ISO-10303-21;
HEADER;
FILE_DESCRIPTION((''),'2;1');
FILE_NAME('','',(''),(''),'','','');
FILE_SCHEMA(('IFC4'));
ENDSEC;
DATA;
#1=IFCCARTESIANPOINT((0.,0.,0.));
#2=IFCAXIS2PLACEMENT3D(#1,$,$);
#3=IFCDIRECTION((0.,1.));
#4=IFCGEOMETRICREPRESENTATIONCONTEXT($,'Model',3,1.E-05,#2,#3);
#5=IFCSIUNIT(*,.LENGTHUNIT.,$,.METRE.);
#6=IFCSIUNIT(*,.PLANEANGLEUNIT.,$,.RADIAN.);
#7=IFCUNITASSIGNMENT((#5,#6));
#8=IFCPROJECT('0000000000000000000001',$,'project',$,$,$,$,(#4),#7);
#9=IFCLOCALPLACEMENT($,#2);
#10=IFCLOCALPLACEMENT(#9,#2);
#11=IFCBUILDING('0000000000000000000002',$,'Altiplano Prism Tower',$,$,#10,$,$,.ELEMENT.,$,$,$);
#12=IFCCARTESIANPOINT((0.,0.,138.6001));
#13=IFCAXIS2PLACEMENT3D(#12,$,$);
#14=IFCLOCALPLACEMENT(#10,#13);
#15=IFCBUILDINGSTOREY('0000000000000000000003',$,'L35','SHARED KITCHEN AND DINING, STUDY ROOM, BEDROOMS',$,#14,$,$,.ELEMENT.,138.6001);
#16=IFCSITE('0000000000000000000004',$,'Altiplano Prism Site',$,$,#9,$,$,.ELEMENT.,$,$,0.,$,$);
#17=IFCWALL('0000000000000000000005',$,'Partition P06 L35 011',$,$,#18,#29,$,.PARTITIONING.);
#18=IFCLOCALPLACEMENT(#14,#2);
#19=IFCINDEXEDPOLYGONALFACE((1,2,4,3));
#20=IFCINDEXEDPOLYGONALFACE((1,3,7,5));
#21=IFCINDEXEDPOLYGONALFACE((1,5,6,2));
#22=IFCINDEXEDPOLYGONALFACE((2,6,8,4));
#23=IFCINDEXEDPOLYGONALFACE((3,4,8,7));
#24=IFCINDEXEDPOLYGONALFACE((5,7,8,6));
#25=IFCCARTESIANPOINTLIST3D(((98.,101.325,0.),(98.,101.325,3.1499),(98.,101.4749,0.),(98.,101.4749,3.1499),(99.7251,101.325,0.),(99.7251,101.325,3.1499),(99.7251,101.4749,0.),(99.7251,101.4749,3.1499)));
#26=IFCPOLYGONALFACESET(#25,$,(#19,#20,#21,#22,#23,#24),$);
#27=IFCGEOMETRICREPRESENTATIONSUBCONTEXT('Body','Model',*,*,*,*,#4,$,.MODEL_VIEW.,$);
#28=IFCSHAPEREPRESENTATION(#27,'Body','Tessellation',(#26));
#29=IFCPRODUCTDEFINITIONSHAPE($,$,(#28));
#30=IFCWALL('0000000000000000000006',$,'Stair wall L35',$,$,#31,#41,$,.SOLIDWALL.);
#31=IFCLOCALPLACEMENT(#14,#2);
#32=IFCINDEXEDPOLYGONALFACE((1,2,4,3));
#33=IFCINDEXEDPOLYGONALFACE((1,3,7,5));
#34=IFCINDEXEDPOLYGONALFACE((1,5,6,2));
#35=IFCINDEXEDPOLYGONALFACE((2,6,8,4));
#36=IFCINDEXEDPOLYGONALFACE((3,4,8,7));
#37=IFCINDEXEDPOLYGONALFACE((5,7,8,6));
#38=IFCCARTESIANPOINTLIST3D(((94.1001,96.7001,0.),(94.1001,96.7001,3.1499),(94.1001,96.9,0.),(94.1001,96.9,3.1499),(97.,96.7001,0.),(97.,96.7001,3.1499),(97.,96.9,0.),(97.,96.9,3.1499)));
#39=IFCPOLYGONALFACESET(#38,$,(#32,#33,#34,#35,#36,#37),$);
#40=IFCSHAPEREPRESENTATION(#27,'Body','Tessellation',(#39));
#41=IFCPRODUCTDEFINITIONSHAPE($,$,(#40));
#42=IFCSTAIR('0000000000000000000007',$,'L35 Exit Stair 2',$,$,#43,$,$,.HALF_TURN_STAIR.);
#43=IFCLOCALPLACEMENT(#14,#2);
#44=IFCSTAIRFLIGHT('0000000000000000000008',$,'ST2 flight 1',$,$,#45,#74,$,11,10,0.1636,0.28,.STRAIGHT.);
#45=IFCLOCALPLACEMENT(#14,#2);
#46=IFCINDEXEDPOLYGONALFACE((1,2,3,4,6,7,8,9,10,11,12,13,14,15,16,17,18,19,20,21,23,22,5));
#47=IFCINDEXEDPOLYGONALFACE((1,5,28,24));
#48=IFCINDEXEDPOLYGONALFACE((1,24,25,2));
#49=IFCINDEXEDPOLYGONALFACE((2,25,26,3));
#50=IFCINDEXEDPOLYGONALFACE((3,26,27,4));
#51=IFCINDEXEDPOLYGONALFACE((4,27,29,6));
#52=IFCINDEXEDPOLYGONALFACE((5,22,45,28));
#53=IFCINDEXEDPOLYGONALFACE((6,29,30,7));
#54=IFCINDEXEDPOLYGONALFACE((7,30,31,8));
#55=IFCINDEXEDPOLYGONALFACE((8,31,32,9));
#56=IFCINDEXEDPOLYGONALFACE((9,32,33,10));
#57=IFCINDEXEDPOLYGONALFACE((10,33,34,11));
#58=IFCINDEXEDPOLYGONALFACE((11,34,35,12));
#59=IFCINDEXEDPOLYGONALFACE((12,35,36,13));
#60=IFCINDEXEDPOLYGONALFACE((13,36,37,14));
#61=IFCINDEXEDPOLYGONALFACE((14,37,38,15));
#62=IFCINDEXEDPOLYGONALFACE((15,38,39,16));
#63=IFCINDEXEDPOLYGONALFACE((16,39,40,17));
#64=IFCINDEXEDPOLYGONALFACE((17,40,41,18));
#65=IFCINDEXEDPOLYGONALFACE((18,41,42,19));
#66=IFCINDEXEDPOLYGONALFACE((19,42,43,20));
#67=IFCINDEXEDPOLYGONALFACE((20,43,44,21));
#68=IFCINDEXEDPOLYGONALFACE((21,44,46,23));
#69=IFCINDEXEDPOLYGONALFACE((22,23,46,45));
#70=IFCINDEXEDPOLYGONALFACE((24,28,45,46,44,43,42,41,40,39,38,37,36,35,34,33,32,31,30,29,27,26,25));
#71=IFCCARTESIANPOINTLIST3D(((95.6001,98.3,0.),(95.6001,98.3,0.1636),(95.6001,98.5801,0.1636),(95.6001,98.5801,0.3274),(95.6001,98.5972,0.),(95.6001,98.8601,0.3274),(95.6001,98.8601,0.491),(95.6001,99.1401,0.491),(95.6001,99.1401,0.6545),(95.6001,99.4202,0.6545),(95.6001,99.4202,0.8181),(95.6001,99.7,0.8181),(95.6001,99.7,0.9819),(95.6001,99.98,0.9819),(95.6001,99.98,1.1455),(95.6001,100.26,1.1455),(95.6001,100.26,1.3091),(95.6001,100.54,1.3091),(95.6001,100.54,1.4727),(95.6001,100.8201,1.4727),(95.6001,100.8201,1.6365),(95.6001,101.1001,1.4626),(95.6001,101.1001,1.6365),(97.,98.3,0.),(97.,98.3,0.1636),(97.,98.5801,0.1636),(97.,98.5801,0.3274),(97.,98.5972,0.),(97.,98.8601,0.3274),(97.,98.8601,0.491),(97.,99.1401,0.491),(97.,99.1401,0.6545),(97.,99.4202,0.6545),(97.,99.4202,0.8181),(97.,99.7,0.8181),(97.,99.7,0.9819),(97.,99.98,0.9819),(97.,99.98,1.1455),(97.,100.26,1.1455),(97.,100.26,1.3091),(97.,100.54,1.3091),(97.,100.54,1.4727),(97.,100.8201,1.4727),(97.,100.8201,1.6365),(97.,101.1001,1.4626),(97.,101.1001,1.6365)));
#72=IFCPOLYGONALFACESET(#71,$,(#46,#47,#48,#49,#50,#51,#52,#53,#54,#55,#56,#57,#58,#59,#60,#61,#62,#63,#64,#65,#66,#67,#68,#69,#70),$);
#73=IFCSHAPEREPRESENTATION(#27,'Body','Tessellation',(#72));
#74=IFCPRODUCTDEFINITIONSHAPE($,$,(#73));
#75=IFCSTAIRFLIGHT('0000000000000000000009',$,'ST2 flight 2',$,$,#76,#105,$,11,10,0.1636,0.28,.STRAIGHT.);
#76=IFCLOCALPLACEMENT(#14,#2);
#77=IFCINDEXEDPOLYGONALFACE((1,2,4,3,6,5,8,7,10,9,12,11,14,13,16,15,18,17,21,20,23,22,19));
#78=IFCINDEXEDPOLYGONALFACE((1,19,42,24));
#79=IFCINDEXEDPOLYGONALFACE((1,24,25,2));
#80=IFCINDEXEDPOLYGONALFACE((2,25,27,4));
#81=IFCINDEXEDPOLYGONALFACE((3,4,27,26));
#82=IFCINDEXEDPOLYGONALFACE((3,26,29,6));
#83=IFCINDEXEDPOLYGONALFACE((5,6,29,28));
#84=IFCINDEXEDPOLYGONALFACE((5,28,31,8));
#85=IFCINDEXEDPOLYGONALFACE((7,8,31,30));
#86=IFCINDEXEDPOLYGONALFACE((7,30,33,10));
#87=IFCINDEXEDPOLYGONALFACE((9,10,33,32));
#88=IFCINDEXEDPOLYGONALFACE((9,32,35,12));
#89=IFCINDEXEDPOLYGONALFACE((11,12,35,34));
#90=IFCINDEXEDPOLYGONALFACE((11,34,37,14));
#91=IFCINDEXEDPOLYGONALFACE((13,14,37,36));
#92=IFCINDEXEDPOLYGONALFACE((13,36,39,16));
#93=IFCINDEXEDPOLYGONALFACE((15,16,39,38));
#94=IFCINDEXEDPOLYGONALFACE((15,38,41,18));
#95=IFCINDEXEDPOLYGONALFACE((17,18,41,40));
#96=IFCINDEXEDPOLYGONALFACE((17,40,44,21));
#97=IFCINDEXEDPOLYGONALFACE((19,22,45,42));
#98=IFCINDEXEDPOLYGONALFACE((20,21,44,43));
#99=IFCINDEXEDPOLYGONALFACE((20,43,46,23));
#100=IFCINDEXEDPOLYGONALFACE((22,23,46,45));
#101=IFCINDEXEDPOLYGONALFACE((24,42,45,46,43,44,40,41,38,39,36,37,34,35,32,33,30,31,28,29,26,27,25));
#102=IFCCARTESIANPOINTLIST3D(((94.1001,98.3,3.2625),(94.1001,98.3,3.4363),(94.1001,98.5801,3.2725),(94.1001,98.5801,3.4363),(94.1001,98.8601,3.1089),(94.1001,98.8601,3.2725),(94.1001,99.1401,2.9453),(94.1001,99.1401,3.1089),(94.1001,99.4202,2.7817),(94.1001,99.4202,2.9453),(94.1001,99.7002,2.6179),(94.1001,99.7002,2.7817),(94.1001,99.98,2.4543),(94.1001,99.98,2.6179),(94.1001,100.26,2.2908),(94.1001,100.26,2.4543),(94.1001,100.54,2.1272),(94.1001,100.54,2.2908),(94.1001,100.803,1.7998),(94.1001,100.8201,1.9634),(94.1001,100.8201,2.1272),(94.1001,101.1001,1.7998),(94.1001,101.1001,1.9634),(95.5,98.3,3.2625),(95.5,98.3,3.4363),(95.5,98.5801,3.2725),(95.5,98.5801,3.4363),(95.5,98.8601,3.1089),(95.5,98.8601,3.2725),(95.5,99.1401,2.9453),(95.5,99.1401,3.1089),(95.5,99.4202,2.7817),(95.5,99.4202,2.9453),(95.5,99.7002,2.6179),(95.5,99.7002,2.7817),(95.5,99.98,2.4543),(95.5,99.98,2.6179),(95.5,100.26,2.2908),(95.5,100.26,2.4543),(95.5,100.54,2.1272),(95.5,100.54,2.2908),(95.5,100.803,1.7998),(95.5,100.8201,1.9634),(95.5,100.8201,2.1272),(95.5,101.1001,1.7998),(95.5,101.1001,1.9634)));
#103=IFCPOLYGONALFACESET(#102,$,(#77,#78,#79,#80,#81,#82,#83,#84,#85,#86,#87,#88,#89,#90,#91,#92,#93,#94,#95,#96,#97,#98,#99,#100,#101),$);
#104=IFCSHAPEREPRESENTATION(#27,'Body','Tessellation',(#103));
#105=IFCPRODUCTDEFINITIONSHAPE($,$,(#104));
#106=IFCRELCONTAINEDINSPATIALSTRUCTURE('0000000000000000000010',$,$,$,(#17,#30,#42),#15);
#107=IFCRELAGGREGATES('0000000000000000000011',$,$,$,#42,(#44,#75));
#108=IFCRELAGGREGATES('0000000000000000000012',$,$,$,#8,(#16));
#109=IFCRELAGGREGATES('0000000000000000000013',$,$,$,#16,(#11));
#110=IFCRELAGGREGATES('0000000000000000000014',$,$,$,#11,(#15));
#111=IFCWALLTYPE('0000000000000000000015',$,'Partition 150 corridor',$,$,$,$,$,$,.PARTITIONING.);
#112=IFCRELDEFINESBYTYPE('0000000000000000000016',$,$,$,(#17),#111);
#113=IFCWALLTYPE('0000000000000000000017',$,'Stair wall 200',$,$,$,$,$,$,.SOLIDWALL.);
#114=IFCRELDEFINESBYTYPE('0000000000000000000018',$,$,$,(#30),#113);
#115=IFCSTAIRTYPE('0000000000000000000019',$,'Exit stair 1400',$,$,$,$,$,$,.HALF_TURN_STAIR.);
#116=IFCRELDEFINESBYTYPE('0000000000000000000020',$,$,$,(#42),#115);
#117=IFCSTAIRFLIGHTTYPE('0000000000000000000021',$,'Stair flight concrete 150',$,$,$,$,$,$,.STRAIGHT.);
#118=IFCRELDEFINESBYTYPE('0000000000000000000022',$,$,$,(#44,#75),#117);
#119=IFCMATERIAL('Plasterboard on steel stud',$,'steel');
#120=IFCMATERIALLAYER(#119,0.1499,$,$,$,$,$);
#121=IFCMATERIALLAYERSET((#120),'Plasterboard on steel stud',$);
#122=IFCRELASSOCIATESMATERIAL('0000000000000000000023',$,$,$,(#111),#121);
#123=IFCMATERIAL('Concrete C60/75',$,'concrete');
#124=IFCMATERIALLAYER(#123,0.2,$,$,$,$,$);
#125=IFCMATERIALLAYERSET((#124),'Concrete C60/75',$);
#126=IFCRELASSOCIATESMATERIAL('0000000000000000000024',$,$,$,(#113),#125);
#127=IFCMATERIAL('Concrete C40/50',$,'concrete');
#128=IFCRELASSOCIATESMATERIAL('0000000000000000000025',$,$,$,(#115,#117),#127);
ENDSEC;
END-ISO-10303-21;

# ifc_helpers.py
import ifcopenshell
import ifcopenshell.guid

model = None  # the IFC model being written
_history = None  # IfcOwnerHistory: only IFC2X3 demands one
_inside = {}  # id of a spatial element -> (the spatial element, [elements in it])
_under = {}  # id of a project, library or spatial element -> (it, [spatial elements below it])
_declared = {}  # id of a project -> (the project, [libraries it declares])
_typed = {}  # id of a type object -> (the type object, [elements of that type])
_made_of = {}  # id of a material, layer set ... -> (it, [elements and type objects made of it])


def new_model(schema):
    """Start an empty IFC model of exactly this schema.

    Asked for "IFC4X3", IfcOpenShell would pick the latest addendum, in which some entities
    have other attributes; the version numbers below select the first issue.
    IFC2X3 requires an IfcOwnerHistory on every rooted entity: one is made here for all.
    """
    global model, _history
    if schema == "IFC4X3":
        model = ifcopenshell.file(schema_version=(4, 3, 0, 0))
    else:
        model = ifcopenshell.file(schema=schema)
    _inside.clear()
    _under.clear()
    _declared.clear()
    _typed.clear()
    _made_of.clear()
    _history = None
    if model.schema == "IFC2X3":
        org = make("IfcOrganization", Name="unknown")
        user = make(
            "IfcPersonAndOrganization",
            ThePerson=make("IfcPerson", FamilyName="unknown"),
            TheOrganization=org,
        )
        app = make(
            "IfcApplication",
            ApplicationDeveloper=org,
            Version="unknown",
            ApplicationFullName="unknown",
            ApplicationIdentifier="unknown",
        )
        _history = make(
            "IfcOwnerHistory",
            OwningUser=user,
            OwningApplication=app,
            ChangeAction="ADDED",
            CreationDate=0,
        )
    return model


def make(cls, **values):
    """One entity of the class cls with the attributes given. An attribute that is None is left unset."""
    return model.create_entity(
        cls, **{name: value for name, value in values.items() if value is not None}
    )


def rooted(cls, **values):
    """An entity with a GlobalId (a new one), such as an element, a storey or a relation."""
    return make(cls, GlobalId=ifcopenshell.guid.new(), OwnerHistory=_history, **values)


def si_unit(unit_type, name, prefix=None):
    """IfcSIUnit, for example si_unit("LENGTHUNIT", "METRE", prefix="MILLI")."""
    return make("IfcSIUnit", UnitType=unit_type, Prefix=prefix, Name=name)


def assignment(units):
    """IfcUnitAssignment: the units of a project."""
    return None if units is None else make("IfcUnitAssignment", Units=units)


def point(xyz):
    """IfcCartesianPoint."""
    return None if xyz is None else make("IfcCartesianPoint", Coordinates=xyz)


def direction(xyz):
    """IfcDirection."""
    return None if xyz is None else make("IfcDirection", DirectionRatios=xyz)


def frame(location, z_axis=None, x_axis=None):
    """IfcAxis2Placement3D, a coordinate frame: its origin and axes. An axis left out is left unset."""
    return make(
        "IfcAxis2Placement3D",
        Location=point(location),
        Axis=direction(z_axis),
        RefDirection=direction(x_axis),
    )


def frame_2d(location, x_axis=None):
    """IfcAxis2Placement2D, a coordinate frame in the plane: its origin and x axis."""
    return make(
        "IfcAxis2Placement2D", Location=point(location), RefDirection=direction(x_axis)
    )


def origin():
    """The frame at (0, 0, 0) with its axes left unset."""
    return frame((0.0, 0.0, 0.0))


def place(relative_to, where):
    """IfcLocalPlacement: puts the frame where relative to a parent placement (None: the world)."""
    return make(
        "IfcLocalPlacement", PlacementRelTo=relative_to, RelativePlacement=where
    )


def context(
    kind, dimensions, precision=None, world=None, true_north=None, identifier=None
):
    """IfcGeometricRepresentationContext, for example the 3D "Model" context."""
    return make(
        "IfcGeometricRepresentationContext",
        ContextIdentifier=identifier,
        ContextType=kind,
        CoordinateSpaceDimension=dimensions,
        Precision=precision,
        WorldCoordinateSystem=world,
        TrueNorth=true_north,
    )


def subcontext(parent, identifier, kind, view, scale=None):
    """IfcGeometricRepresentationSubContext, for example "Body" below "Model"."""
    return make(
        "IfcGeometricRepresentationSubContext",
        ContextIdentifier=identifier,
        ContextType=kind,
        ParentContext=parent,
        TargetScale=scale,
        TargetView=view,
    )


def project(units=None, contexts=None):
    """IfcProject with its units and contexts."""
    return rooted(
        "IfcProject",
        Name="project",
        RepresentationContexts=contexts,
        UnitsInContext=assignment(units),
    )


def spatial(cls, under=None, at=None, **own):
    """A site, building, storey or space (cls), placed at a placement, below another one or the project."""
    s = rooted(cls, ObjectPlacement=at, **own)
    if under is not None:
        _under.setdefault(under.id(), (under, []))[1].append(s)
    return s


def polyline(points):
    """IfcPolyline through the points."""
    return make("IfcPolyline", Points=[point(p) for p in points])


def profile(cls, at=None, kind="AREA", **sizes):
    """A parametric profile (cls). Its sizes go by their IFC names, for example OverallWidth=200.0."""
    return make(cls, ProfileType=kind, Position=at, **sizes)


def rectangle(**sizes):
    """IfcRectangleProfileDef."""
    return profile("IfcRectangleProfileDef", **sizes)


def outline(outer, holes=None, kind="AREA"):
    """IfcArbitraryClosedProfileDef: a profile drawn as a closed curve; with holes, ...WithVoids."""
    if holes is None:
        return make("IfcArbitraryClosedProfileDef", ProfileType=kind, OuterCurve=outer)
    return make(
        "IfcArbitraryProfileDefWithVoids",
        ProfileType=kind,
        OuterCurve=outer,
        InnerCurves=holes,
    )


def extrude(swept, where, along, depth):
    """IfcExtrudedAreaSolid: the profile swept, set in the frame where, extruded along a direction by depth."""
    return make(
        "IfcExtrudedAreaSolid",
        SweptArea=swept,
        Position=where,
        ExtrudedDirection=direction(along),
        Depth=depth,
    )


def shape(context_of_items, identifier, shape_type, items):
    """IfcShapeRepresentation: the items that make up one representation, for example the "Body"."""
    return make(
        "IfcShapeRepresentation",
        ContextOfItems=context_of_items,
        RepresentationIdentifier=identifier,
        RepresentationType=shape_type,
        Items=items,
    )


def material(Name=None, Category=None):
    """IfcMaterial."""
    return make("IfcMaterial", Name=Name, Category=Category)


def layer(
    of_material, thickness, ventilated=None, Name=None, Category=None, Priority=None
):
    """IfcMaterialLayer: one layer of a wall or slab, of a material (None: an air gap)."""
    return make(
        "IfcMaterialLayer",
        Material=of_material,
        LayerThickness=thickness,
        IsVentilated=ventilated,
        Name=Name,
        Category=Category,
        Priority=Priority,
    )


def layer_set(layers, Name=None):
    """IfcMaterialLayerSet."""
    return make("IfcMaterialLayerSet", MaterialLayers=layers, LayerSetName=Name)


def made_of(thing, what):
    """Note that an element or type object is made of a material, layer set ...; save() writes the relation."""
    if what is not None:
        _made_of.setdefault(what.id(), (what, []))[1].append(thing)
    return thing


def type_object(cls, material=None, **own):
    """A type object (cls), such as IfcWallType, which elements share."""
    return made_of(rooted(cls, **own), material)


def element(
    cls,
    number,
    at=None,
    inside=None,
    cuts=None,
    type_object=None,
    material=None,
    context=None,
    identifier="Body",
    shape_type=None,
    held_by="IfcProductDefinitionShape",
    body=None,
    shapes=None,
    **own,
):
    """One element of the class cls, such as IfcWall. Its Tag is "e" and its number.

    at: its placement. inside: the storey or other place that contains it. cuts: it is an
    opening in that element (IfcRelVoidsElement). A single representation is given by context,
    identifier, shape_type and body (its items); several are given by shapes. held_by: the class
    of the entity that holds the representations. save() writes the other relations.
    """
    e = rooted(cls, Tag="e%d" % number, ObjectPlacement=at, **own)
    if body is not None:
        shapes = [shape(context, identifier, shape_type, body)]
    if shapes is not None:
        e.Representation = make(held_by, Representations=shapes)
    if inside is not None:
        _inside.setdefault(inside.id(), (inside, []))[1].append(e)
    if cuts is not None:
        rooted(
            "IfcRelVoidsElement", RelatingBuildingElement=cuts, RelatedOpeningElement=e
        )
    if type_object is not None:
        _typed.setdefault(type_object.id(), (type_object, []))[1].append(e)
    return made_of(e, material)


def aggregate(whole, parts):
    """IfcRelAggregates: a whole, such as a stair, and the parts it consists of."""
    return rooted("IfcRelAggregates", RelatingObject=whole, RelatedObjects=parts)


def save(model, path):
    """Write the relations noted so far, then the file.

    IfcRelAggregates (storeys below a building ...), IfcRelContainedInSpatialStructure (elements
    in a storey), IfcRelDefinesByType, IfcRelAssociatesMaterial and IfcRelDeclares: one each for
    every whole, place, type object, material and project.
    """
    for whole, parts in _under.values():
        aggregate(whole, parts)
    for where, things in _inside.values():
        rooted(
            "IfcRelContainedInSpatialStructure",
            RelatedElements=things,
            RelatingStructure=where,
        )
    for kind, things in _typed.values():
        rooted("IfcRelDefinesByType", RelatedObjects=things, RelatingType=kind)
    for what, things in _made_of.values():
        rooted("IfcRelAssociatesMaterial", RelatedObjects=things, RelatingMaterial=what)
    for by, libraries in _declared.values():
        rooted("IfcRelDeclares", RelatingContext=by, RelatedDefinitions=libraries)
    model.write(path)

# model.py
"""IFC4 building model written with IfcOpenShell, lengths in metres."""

from ifc_helpers import new_model, si_unit, direction, frame, frame_2d, origin, place, context, subcontext, project, spatial, polyline, rectangle, outline, extrude, material, layer, layer_set, type_object, element, aggregate, save


model = new_model("IFC4")

# Units and contexts
model_context = context("Model", 3, precision=1e-05, world=origin(), true_north=direction((0.0, 1.0)))
body_context = subcontext(model_context, "Body", "Model", "MODEL_VIEW")
ifc_project = project(units=[si_unit("LENGTHUNIT", "METRE"), si_unit("PLANEANGLEUNIT", "RADIAN")], contexts=[model_context])

# Site, building, storey
site_placement = place(None, origin())
site = spatial("IfcSite", under=ifc_project, at=site_placement, Name="Altiplano Prism Site", CompositionType="ELEMENT", RefElevation=0.0)
building_placement = place(site_placement, origin())
building = spatial("IfcBuilding", under=site, at=building_placement, Name="Altiplano Prism Tower", CompositionType="ELEMENT")
storey_placement = place(building_placement, frame((0.0, 0.0, 138.6001)))
storey = spatial("IfcBuildingStorey", under=building, at=storey_placement, Name="L35", Description="SHARED KITCHEN AND DINING, STUDY ROOM, BEDROOMS", CompositionType="ELEMENT", Elevation=138.6001)

# Shared definitions
ifc_material_1 = material(Name="Concrete C60/75", Category="concrete")

# Shared definitions
ifc_material_2 = material(Name="Plasterboard on steel stud", Category="steel")
ifc_layer_1 = layer(ifc_material_2, 0.1499)
ifc_layer_set_1 = layer_set([ifc_layer_1], Name="Plasterboard on steel stud")
wall_type_1 = type_object("IfcWallType", Name="Partition 150 corridor", PredefinedType="PARTITIONING", material=ifc_layer_set_1)

# Walls
wall_1_placement = place(storey_placement, frame((99.7251, 101.3999, 0.0), z_axis=(0.0, 0.0, 1.0), x_axis=(-1.0, 0.0, 0.0)))
element("IfcWall", 1, at=wall_1_placement, inside=storey, type_object=wall_type_1, Name="Partition P06 L35 011", PredefinedType="PARTITIONING", context=body_context, shape_type="SweptSolid", body=[
    extrude(rectangle(XDim=1.7251, YDim=0.1499, at=frame_2d((0.8625, 0.0))), origin(), (0.0, 0.0, 1.0), 3.1499),
])
ifc_layer_2 = layer(ifc_material_1, 0.2)
ifc_layer_set_2 = layer_set([ifc_layer_2], Name="Concrete C60/75")
wall_type_2 = type_object("IfcWallType", Name="Stair wall 200", PredefinedType="SOLIDWALL", material=ifc_layer_set_2)
wall_2_placement = place(storey_placement, frame((94.1001, 96.8, 0.0), z_axis=(0.0, 0.0, 1.0), x_axis=(1.0, 0.0, 0.0)))
element("IfcWall", 2, at=wall_2_placement, inside=storey, type_object=wall_type_2, Name="Stair wall L35", PredefinedType="SOLIDWALL", context=body_context, shape_type="SweptSolid", body=[
    extrude(rectangle(XDim=2.8999, YDim=0.2, at=frame_2d((1.45, 0.0))), origin(), (0.0, 0.0, 1.0), 3.1499),
])

# Stair, stair flights
ifc_material_3 = material(Name="Concrete C40/50", Category="concrete")
stair_type = type_object("IfcStairType", Name="Exit stair 1400", PredefinedType="HALF_TURN_STAIR", material=ifc_material_3)
stair_placement = place(storey_placement, origin())
stair = element("IfcStair", 3, at=stair_placement, inside=storey, type_object=stair_type, Name="L35 Exit Stair 2", PredefinedType="HALF_TURN_STAIR")
stair_flight_type = type_object("IfcStairFlightType", Name="Stair flight concrete 150", PredefinedType="STRAIGHT", material=ifc_material_3)
stair_flight_1_placement = place(storey_placement, frame((96.3, 98.3, 0.0), z_axis=(0.0, 0.0, 1.0), x_axis=(0.0, 1.0, 0.0)))
stair_flight_1 = element("IfcStairFlight", 4, at=stair_flight_1_placement, type_object=stair_flight_type, Name="ST2 flight 1", NumberOfRisers=11, NumberOfTreads=10, PredefinedType="STRAIGHT", RiserHeight=0.1636, TreadLength=0.28, context=body_context, shape_type="SweptSolid", body=[
    extrude(outline(polyline([(0.0, 0.0), (0.0, 0.1636), (0.28, 0.1636), (0.28, 0.3274), (0.5601, 0.3274), (0.5601, 0.491), (0.8401, 0.491), (0.8401, 0.6545), (1.1201, 0.6545), (1.1201, 0.8181), (1.3999, 0.8181), (1.3999, 0.9819), (1.6799, 0.9819), (1.6799, 1.1455), (1.96, 1.1455), (1.96, 1.3091), (2.24, 1.3091), (2.24, 1.4727), (2.52, 1.4727), (2.52, 1.6365), (2.8, 1.6365), (2.8, 1.8), (2.8, 1.4626), (0.2971, 0.0), (0.0, 0.0)])), frame((0.0, 0.7, 0.0), z_axis=(0.0, -1.0, 0.0), x_axis=(1.0, 0.0, 0.0)), (0.0, 0.0, 1.0), 1.3999),
])
stair_flight_2_placement = place(storey_placement, frame((94.8, 101.1001, 1.7998), z_axis=(0.0, 0.0, 1.0), x_axis=(0.0, -1.0, 0.0)))
stair_flight_2 = element("IfcStairFlight", 5, at=stair_flight_2_placement, type_object=stair_flight_type, Name="ST2 flight 2", NumberOfRisers=11, NumberOfTreads=10, PredefinedType="STRAIGHT", RiserHeight=0.1636, TreadLength=0.28, context=body_context, shape_type="SweptSolid", body=[
    extrude(outline(polyline([(0.0, 0.0), (0.0, 0.1636), (0.28, 0.1636), (0.28, 0.3274), (0.5601, 0.3274), (0.5601, 0.491), (0.8401, 0.491), (0.8401, 0.6545), (1.1201, 0.6545), (1.1201, 0.8181), (1.3999, 0.8181), (1.3999, 0.9819), (1.6799, 0.9819), (1.6799, 1.1455), (1.96, 1.1455), (1.96, 1.3091), (2.24, 1.3091), (2.24, 1.4727), (2.52, 1.4727), (2.52, 1.6365), (2.8, 1.6365), (2.8, 1.8), (2.8, 1.4626), (0.2971, 0.0), (0.0, 0.0)])), frame((0.0, 0.7, 0.0), z_axis=(0.0, -1.0, 0.0), x_axis=(1.0, 0.0, 0.0)), (0.0, 0.0, 1.0), 1.3999),
])
aggregate(stair, [stair_flight_1, stair_flight_2])

save(model, "model.ifc")
